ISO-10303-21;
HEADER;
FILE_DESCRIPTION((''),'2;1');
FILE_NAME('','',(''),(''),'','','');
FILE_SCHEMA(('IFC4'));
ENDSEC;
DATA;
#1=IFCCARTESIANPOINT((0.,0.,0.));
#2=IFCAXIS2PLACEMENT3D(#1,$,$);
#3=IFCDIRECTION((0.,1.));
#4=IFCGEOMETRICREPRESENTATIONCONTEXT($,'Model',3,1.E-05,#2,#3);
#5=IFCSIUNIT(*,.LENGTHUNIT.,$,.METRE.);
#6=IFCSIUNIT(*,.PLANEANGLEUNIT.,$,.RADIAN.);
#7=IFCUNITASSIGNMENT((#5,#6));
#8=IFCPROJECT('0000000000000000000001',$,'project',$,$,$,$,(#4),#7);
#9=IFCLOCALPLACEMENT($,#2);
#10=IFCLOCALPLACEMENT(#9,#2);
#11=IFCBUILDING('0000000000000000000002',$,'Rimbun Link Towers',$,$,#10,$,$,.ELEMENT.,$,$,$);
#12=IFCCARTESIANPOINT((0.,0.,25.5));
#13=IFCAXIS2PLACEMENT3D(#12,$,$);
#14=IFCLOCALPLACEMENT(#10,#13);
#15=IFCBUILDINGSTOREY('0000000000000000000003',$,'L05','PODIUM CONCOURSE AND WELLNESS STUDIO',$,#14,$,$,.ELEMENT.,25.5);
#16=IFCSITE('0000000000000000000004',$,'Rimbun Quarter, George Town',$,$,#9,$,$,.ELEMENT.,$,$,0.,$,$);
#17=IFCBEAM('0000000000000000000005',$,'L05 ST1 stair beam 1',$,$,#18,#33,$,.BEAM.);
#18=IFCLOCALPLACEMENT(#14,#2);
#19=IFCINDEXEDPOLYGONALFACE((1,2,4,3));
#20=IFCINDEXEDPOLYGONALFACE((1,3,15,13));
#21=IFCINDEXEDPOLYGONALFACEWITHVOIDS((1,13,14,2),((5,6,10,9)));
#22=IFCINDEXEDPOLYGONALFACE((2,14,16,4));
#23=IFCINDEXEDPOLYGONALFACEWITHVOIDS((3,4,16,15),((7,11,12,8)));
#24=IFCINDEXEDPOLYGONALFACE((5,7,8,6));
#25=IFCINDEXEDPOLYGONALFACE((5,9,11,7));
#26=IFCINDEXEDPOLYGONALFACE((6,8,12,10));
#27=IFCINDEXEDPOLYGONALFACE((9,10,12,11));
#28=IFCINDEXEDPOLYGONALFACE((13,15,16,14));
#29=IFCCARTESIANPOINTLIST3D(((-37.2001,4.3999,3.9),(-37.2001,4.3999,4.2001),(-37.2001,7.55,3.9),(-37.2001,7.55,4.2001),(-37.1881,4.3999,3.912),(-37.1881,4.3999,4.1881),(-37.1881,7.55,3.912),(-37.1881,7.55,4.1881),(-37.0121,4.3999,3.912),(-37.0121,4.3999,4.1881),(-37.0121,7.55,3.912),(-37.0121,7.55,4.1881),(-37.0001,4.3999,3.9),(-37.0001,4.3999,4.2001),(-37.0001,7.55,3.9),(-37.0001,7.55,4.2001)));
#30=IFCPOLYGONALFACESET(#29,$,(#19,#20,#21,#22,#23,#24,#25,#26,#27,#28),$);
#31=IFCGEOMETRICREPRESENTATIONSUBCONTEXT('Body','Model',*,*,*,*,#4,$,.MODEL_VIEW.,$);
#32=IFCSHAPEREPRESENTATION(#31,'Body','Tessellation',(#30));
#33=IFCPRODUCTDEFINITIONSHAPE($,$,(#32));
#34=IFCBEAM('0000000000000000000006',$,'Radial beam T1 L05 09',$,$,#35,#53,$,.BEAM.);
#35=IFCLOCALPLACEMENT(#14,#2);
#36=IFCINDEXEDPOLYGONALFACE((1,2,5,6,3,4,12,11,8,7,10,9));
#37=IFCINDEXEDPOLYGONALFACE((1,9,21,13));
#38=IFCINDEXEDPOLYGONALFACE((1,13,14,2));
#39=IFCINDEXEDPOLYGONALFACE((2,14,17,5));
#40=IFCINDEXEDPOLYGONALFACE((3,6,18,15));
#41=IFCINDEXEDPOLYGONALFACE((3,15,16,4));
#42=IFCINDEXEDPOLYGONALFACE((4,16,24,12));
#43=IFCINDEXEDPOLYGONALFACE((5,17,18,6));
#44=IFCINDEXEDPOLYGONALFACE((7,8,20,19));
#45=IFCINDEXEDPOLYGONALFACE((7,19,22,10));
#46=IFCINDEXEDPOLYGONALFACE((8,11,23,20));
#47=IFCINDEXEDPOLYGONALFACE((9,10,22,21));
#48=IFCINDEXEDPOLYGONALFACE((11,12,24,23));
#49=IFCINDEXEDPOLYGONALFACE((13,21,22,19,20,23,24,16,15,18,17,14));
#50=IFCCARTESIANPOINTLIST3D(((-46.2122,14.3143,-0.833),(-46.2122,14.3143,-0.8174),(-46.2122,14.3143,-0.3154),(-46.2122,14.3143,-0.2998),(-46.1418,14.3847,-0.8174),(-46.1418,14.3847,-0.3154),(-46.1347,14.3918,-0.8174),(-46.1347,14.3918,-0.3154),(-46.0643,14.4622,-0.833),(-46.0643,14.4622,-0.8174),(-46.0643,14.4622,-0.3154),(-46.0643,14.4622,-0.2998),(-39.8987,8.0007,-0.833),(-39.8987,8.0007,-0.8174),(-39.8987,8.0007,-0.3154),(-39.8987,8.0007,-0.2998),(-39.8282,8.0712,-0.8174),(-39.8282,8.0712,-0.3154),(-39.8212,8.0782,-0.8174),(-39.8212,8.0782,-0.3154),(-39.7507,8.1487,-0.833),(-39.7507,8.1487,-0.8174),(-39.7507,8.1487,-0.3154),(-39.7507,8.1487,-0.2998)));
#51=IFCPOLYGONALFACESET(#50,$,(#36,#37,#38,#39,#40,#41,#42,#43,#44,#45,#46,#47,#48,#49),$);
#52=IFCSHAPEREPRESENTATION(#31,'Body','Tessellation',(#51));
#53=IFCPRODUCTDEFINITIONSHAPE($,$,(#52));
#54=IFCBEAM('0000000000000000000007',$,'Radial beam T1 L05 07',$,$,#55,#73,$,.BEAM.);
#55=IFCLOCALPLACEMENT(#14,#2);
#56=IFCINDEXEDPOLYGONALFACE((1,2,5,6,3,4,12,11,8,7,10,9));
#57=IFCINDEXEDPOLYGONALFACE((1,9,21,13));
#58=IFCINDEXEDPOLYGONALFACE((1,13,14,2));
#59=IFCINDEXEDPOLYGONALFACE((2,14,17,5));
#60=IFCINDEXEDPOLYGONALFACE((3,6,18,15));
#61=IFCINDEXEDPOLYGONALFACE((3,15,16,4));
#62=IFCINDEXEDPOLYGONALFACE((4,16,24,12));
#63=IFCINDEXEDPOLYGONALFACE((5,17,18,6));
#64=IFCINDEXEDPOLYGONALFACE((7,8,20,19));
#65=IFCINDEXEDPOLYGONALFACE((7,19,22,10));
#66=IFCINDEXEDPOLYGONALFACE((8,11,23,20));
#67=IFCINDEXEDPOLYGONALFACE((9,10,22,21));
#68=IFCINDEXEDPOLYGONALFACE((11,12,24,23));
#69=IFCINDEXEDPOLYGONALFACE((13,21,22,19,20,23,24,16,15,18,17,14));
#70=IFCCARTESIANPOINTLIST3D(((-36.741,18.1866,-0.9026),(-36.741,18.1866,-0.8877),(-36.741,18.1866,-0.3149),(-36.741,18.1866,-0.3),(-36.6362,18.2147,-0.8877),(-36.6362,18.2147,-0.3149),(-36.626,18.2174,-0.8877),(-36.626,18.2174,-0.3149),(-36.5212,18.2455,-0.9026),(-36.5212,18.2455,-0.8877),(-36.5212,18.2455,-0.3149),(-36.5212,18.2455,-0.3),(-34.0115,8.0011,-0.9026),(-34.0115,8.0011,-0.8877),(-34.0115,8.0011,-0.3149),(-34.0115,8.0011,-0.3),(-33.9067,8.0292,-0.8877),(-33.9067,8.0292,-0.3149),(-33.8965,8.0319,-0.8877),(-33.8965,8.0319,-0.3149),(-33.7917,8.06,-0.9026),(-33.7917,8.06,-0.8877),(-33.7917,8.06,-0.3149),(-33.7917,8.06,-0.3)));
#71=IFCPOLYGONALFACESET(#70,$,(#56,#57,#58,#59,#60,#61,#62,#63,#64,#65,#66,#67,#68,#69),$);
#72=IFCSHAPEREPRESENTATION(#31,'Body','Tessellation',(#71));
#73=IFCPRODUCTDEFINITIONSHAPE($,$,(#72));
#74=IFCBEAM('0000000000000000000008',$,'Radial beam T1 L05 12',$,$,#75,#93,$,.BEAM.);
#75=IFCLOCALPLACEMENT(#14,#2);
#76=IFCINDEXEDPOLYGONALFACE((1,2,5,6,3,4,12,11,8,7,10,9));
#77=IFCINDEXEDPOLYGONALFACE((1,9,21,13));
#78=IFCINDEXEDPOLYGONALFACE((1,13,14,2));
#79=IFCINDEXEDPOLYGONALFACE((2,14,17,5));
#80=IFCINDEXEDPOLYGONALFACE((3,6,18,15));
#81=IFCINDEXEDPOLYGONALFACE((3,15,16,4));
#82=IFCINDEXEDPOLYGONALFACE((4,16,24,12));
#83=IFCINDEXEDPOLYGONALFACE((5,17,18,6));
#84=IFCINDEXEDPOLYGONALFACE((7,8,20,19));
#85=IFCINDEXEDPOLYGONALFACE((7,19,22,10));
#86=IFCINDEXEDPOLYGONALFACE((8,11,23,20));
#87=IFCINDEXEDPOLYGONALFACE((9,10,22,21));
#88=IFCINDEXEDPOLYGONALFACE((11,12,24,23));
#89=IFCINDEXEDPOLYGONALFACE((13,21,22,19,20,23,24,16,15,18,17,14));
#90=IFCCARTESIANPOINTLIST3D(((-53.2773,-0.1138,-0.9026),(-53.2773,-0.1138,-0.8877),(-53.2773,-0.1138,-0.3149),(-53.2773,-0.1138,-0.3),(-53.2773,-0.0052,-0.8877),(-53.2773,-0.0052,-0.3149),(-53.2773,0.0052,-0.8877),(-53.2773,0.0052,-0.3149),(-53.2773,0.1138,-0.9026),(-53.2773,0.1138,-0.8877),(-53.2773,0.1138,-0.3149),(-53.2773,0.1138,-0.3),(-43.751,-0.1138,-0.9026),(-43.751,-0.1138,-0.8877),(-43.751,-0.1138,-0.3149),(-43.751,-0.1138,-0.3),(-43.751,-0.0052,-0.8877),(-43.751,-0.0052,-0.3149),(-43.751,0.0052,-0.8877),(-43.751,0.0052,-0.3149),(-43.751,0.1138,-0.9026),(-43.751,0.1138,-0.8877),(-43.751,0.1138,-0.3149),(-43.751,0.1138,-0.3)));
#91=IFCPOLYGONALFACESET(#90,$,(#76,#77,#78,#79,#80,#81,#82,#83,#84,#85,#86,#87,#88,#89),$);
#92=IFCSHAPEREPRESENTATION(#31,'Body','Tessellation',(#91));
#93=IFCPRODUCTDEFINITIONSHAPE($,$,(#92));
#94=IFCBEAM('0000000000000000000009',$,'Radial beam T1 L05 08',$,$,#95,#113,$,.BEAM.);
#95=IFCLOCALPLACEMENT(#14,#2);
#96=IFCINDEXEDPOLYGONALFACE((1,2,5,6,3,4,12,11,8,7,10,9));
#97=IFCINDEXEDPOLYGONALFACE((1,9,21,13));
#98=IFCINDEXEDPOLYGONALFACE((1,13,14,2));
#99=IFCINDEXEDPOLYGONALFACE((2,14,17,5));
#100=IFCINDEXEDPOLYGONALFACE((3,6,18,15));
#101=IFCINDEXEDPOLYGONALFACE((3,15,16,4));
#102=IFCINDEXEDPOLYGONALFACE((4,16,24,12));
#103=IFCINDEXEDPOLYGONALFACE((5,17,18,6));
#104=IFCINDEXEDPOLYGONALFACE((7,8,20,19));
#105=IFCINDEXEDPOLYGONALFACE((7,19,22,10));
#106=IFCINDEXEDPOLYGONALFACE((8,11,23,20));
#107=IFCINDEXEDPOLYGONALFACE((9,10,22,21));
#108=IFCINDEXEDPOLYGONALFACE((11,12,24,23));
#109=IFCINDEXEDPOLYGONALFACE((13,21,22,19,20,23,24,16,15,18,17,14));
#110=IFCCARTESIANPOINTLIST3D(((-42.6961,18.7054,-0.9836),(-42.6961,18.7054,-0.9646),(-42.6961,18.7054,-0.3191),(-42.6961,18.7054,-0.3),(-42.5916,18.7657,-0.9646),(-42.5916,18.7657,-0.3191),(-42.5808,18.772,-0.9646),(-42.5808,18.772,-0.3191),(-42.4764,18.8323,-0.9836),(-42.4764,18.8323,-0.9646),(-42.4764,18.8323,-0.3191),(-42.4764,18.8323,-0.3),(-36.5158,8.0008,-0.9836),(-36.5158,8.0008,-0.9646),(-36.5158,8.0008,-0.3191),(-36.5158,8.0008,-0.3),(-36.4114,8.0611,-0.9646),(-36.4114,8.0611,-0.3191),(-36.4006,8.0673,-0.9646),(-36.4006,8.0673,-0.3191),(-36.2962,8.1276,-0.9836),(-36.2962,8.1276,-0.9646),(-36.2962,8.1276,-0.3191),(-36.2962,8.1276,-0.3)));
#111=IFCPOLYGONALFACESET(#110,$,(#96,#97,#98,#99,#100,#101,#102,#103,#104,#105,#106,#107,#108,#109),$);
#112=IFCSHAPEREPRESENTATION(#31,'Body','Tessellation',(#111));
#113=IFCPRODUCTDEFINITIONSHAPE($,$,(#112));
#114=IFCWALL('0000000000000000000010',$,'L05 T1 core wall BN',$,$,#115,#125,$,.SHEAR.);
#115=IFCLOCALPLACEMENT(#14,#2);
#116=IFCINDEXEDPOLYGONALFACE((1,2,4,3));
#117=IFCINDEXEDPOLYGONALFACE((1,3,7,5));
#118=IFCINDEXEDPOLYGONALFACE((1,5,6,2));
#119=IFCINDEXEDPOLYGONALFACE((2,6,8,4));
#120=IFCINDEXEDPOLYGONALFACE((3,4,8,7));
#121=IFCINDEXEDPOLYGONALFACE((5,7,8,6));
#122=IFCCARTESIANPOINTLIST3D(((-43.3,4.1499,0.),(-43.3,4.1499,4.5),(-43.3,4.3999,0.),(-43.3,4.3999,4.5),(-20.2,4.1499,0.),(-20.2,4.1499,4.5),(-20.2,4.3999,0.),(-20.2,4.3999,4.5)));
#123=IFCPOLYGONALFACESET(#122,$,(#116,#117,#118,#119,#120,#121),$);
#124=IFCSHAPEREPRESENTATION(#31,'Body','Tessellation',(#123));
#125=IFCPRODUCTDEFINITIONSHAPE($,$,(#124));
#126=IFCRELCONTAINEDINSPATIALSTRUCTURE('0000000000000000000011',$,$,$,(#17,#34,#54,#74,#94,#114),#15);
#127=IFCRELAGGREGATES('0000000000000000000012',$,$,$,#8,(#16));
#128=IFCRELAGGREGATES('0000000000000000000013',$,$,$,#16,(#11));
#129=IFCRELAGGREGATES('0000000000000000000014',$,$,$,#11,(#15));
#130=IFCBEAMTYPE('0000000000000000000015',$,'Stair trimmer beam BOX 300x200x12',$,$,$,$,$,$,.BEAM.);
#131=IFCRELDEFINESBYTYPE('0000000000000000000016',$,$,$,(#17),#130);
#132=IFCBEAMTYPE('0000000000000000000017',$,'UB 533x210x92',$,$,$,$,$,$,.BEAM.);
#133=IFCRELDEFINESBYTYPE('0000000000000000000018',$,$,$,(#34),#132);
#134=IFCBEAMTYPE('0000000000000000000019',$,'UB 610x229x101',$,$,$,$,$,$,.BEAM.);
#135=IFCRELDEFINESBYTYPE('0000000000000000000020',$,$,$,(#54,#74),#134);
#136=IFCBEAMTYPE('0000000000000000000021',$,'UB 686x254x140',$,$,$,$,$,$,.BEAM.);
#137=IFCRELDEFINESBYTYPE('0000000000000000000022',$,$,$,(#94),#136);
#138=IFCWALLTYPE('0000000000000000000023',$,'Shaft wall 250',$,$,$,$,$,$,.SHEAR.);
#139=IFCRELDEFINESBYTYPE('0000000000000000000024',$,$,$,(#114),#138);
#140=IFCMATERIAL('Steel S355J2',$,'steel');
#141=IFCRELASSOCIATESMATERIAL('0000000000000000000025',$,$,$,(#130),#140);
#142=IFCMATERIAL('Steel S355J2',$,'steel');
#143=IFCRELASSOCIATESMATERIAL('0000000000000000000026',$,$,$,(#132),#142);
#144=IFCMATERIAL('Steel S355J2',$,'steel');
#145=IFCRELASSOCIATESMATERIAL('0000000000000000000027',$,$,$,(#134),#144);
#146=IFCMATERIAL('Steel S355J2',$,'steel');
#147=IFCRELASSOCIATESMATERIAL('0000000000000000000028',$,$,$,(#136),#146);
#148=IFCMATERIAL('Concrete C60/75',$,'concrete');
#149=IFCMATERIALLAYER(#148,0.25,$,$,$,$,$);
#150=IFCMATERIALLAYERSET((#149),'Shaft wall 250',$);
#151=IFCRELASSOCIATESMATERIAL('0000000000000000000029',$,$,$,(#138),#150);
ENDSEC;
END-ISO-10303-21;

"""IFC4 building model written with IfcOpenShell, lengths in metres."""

from ifc_helpers import new_model, si_unit, direction, frame, frame_2d, origin, origin_2d, place, context, subcontext, project, spatial, rectangle, hollow_rectangle, i_section, extrude, material, layer, layer_set, material_profile, profile_set, type_object, element, save


model = new_model("IFC4")

# Units and contexts
model_context = context("Model", 3, precision=1e-05, world=origin(), true_north=direction((0.0, 1.0)))
body_context = subcontext(model_context, "Body", "Model", "MODEL_VIEW")
ifc_project = project(units=[si_unit("LENGTHUNIT", "METRE"), si_unit("PLANEANGLEUNIT", "RADIAN")], contexts=[model_context])

# Site, building, storey
site_placement = place(None, origin())
site = spatial("IfcSite", under=ifc_project, at=site_placement, Name="Rimbun Quarter, George Town", CompositionType="ELEMENT", RefElevation=0.0)
building_placement = place(site_placement, origin())
building = spatial("IfcBuilding", under=site, at=building_placement, Name="Rimbun Link Towers", CompositionType="ELEMENT")
storey_placement = place(building_placement, frame((0.0, 0.0, 25.5)))
storey = spatial("IfcBuildingStorey", under=building, at=storey_placement, Name="L05", Description="PODIUM CONCOURSE AND WELLNESS STUDIO", CompositionType="ELEMENT", Elevation=25.5)

# Beams
ifc_material_1 = material(Name="Steel S355J2", Category="steel")
ifc_material_profile_1 = material_profile(ifc_material_1, hollow_rectangle(XDim=0.2, YDim=0.3, WallThickness=0.012, at=origin_2d()), Name="BOX 300x200x12")
ifc_profile_set_1 = profile_set([ifc_material_profile_1], Name="Steel S355J2")
beam_type_1 = type_object("IfcBeamType", Name="Stair trimmer beam BOX 300x200x12", PredefinedType="BEAM", material=ifc_profile_set_1)
beam_1_placement = place(storey_placement, frame((-37.1001, 7.55, 4.05), z_axis=(0.0, -1.0, 0.0), x_axis=(1.0, 0.0, 0.0)))
element("IfcBeam", 1, at=beam_1_placement, inside=storey, type_object=beam_type_1, Name="L05 ST1 stair beam 1", PredefinedType="BEAM", context=body_context, shape_type="SweptSolid", body=[
    extrude(hollow_rectangle(XDim=0.2, YDim=0.3, WallThickness=0.012, at=origin_2d()), origin(), (0.0, 0.0, 1.0), 3.1501),
])
ifc_material_2 = material(Name="Steel S355J2", Category="steel")
ifc_material_profile_2 = material_profile(ifc_material_2, i_section(OverallWidth=0.2092, OverallDepth=0.5332, WebThickness=0.01, FlangeThickness=0.0156, at=origin_2d()), Name="UB 533x210x92")
ifc_profile_set_2 = profile_set([ifc_material_profile_2], Name="Steel S355J2")
beam_type_2 = type_object("IfcBeamType", Name="UB 533x210x92", PredefinedType="BEAM", material=ifc_profile_set_2)
beam_2_placement = place(storey_placement, frame((-39.8247, 8.0747, -0.5664), z_axis=(-0.707107, 0.707107, 0.0), x_axis=(-0.707107, -0.707107, 0.0)))
element("IfcBeam", 2, at=beam_2_placement, inside=storey, type_object=beam_type_2, Name="Radial beam T1 L05 09", PredefinedType="BEAM", context=body_context, shape_type="SweptSolid", body=[
    extrude(i_section(OverallWidth=0.2092, OverallDepth=0.5332, WebThickness=0.01, FlangeThickness=0.0156, at=origin_2d()), origin(), (0.0, 0.0, 1.0), 8.9287),
])
ifc_material_3 = material(Name="Steel S355J2", Category="steel")
ifc_material_profile_3 = material_profile(ifc_material_3, i_section(OverallWidth=0.2275, OverallDepth=0.6025, WebThickness=0.0105, FlangeThickness=0.0149, at=origin_2d()), Name="UB 610x229x101")
ifc_profile_set_3 = profile_set([ifc_material_profile_3], Name="Steel S355J2")
beam_type_3 = type_object("IfcBeamType", Name="UB 610x229x101", PredefinedType="BEAM", material=ifc_profile_set_3)
beam_3_placement = place(storey_placement, frame((-33.9016, 8.0305, -0.6013), z_axis=(-0.258844, 0.965919, 0.0), x_axis=(-0.965919, -0.258844, 0.0)))
element("IfcBeam", 3, at=beam_3_placement, inside=storey, type_object=beam_type_3, Name="Radial beam T1 L05 07", PredefinedType="BEAM", context=body_context, shape_type="SweptSolid", body=[
    extrude(i_section(OverallWidth=0.2275, OverallDepth=0.6025, WebThickness=0.0105, FlangeThickness=0.0149, at=origin_2d()), origin(), (0.0, 0.0, 1.0), 10.5449),
])
beam_4_placement = place(storey_placement, frame((-43.751, 0.0, -0.6013), z_axis=(-1.0, 0.0, 0.0), x_axis=(0.0, -1.0, 0.0)))
element("IfcBeam", 4, at=beam_4_placement, inside=storey, type_object=beam_type_3, Name="Radial beam T1 L05 12", PredefinedType="BEAM", context=body_context, shape_type="SweptSolid", body=[
    extrude(i_section(OverallWidth=0.2275, OverallDepth=0.6025, WebThickness=0.0105, FlangeThickness=0.0149, at=origin_2d()), origin(), (0.0, 0.0, 1.0), 9.5264),
])
ifc_material_4 = material(Name="Steel S355J2", Category="steel")
ifc_material_profile_4 = material_profile(ifc_material_4, i_section(OverallWidth=0.2537, OverallDepth=0.6836, WebThickness=0.0125, FlangeThickness=0.019, at=origin_2d()), Name="UB 686x254x140")
ifc_profile_set_4 = profile_set([ifc_material_profile_4], Name="Steel S355J2")
beam_type_4 = type_object("IfcBeamType", Name="UB 686x254x140", PredefinedType="BEAM", material=ifc_profile_set_4)
beam_5_placement = place(storey_placement, frame((-36.406, 8.0642, -0.6418), z_axis=(-0.499993, 0.86603, 0.0), x_axis=(-0.86603, -0.499993, 0.0)))
element("IfcBeam", 5, at=beam_5_placement, inside=storey, type_object=beam_type_4, Name="Radial beam T1 L05 08", PredefinedType="BEAM", context=body_context, shape_type="SweptSolid", body=[
    extrude(i_section(OverallWidth=0.2537, OverallDepth=0.6836, WebThickness=0.0125, FlangeThickness=0.019, at=origin_2d()), origin(), (0.0, 0.0, 1.0), 12.3606),
])

# Wall
ifc_material_5 = material(Name="Concrete C60/75", Category="concrete")
ifc_layer = layer(ifc_material_5, 0.25)
ifc_layer_set = layer_set([ifc_layer], Name="Shaft wall 250")
wall_type = type_object("IfcWallType", Name="Shaft wall 250", PredefinedType="SHEAR", material=ifc_layer_set)
wall_1_placement = place(storey_placement, frame((-43.3, 4.2749, 0.0), z_axis=(0.0, 0.0, 1.0), x_axis=(1.0, 0.0, 0.0)))
element("IfcWall", 6, at=wall_1_placement, inside=storey, type_object=wall_type, Name="L05 T1 core wall BN", PredefinedType="SHEAR", context=body_context, shape_type="SweptSolid", body=[
    extrude(rectangle(XDim=23.1001, YDim=0.25, at=frame_2d((11.55, 0.0))), origin(), (0.0, 0.0, 1.0), 4.5),
])

save(model, "model.ifc")
